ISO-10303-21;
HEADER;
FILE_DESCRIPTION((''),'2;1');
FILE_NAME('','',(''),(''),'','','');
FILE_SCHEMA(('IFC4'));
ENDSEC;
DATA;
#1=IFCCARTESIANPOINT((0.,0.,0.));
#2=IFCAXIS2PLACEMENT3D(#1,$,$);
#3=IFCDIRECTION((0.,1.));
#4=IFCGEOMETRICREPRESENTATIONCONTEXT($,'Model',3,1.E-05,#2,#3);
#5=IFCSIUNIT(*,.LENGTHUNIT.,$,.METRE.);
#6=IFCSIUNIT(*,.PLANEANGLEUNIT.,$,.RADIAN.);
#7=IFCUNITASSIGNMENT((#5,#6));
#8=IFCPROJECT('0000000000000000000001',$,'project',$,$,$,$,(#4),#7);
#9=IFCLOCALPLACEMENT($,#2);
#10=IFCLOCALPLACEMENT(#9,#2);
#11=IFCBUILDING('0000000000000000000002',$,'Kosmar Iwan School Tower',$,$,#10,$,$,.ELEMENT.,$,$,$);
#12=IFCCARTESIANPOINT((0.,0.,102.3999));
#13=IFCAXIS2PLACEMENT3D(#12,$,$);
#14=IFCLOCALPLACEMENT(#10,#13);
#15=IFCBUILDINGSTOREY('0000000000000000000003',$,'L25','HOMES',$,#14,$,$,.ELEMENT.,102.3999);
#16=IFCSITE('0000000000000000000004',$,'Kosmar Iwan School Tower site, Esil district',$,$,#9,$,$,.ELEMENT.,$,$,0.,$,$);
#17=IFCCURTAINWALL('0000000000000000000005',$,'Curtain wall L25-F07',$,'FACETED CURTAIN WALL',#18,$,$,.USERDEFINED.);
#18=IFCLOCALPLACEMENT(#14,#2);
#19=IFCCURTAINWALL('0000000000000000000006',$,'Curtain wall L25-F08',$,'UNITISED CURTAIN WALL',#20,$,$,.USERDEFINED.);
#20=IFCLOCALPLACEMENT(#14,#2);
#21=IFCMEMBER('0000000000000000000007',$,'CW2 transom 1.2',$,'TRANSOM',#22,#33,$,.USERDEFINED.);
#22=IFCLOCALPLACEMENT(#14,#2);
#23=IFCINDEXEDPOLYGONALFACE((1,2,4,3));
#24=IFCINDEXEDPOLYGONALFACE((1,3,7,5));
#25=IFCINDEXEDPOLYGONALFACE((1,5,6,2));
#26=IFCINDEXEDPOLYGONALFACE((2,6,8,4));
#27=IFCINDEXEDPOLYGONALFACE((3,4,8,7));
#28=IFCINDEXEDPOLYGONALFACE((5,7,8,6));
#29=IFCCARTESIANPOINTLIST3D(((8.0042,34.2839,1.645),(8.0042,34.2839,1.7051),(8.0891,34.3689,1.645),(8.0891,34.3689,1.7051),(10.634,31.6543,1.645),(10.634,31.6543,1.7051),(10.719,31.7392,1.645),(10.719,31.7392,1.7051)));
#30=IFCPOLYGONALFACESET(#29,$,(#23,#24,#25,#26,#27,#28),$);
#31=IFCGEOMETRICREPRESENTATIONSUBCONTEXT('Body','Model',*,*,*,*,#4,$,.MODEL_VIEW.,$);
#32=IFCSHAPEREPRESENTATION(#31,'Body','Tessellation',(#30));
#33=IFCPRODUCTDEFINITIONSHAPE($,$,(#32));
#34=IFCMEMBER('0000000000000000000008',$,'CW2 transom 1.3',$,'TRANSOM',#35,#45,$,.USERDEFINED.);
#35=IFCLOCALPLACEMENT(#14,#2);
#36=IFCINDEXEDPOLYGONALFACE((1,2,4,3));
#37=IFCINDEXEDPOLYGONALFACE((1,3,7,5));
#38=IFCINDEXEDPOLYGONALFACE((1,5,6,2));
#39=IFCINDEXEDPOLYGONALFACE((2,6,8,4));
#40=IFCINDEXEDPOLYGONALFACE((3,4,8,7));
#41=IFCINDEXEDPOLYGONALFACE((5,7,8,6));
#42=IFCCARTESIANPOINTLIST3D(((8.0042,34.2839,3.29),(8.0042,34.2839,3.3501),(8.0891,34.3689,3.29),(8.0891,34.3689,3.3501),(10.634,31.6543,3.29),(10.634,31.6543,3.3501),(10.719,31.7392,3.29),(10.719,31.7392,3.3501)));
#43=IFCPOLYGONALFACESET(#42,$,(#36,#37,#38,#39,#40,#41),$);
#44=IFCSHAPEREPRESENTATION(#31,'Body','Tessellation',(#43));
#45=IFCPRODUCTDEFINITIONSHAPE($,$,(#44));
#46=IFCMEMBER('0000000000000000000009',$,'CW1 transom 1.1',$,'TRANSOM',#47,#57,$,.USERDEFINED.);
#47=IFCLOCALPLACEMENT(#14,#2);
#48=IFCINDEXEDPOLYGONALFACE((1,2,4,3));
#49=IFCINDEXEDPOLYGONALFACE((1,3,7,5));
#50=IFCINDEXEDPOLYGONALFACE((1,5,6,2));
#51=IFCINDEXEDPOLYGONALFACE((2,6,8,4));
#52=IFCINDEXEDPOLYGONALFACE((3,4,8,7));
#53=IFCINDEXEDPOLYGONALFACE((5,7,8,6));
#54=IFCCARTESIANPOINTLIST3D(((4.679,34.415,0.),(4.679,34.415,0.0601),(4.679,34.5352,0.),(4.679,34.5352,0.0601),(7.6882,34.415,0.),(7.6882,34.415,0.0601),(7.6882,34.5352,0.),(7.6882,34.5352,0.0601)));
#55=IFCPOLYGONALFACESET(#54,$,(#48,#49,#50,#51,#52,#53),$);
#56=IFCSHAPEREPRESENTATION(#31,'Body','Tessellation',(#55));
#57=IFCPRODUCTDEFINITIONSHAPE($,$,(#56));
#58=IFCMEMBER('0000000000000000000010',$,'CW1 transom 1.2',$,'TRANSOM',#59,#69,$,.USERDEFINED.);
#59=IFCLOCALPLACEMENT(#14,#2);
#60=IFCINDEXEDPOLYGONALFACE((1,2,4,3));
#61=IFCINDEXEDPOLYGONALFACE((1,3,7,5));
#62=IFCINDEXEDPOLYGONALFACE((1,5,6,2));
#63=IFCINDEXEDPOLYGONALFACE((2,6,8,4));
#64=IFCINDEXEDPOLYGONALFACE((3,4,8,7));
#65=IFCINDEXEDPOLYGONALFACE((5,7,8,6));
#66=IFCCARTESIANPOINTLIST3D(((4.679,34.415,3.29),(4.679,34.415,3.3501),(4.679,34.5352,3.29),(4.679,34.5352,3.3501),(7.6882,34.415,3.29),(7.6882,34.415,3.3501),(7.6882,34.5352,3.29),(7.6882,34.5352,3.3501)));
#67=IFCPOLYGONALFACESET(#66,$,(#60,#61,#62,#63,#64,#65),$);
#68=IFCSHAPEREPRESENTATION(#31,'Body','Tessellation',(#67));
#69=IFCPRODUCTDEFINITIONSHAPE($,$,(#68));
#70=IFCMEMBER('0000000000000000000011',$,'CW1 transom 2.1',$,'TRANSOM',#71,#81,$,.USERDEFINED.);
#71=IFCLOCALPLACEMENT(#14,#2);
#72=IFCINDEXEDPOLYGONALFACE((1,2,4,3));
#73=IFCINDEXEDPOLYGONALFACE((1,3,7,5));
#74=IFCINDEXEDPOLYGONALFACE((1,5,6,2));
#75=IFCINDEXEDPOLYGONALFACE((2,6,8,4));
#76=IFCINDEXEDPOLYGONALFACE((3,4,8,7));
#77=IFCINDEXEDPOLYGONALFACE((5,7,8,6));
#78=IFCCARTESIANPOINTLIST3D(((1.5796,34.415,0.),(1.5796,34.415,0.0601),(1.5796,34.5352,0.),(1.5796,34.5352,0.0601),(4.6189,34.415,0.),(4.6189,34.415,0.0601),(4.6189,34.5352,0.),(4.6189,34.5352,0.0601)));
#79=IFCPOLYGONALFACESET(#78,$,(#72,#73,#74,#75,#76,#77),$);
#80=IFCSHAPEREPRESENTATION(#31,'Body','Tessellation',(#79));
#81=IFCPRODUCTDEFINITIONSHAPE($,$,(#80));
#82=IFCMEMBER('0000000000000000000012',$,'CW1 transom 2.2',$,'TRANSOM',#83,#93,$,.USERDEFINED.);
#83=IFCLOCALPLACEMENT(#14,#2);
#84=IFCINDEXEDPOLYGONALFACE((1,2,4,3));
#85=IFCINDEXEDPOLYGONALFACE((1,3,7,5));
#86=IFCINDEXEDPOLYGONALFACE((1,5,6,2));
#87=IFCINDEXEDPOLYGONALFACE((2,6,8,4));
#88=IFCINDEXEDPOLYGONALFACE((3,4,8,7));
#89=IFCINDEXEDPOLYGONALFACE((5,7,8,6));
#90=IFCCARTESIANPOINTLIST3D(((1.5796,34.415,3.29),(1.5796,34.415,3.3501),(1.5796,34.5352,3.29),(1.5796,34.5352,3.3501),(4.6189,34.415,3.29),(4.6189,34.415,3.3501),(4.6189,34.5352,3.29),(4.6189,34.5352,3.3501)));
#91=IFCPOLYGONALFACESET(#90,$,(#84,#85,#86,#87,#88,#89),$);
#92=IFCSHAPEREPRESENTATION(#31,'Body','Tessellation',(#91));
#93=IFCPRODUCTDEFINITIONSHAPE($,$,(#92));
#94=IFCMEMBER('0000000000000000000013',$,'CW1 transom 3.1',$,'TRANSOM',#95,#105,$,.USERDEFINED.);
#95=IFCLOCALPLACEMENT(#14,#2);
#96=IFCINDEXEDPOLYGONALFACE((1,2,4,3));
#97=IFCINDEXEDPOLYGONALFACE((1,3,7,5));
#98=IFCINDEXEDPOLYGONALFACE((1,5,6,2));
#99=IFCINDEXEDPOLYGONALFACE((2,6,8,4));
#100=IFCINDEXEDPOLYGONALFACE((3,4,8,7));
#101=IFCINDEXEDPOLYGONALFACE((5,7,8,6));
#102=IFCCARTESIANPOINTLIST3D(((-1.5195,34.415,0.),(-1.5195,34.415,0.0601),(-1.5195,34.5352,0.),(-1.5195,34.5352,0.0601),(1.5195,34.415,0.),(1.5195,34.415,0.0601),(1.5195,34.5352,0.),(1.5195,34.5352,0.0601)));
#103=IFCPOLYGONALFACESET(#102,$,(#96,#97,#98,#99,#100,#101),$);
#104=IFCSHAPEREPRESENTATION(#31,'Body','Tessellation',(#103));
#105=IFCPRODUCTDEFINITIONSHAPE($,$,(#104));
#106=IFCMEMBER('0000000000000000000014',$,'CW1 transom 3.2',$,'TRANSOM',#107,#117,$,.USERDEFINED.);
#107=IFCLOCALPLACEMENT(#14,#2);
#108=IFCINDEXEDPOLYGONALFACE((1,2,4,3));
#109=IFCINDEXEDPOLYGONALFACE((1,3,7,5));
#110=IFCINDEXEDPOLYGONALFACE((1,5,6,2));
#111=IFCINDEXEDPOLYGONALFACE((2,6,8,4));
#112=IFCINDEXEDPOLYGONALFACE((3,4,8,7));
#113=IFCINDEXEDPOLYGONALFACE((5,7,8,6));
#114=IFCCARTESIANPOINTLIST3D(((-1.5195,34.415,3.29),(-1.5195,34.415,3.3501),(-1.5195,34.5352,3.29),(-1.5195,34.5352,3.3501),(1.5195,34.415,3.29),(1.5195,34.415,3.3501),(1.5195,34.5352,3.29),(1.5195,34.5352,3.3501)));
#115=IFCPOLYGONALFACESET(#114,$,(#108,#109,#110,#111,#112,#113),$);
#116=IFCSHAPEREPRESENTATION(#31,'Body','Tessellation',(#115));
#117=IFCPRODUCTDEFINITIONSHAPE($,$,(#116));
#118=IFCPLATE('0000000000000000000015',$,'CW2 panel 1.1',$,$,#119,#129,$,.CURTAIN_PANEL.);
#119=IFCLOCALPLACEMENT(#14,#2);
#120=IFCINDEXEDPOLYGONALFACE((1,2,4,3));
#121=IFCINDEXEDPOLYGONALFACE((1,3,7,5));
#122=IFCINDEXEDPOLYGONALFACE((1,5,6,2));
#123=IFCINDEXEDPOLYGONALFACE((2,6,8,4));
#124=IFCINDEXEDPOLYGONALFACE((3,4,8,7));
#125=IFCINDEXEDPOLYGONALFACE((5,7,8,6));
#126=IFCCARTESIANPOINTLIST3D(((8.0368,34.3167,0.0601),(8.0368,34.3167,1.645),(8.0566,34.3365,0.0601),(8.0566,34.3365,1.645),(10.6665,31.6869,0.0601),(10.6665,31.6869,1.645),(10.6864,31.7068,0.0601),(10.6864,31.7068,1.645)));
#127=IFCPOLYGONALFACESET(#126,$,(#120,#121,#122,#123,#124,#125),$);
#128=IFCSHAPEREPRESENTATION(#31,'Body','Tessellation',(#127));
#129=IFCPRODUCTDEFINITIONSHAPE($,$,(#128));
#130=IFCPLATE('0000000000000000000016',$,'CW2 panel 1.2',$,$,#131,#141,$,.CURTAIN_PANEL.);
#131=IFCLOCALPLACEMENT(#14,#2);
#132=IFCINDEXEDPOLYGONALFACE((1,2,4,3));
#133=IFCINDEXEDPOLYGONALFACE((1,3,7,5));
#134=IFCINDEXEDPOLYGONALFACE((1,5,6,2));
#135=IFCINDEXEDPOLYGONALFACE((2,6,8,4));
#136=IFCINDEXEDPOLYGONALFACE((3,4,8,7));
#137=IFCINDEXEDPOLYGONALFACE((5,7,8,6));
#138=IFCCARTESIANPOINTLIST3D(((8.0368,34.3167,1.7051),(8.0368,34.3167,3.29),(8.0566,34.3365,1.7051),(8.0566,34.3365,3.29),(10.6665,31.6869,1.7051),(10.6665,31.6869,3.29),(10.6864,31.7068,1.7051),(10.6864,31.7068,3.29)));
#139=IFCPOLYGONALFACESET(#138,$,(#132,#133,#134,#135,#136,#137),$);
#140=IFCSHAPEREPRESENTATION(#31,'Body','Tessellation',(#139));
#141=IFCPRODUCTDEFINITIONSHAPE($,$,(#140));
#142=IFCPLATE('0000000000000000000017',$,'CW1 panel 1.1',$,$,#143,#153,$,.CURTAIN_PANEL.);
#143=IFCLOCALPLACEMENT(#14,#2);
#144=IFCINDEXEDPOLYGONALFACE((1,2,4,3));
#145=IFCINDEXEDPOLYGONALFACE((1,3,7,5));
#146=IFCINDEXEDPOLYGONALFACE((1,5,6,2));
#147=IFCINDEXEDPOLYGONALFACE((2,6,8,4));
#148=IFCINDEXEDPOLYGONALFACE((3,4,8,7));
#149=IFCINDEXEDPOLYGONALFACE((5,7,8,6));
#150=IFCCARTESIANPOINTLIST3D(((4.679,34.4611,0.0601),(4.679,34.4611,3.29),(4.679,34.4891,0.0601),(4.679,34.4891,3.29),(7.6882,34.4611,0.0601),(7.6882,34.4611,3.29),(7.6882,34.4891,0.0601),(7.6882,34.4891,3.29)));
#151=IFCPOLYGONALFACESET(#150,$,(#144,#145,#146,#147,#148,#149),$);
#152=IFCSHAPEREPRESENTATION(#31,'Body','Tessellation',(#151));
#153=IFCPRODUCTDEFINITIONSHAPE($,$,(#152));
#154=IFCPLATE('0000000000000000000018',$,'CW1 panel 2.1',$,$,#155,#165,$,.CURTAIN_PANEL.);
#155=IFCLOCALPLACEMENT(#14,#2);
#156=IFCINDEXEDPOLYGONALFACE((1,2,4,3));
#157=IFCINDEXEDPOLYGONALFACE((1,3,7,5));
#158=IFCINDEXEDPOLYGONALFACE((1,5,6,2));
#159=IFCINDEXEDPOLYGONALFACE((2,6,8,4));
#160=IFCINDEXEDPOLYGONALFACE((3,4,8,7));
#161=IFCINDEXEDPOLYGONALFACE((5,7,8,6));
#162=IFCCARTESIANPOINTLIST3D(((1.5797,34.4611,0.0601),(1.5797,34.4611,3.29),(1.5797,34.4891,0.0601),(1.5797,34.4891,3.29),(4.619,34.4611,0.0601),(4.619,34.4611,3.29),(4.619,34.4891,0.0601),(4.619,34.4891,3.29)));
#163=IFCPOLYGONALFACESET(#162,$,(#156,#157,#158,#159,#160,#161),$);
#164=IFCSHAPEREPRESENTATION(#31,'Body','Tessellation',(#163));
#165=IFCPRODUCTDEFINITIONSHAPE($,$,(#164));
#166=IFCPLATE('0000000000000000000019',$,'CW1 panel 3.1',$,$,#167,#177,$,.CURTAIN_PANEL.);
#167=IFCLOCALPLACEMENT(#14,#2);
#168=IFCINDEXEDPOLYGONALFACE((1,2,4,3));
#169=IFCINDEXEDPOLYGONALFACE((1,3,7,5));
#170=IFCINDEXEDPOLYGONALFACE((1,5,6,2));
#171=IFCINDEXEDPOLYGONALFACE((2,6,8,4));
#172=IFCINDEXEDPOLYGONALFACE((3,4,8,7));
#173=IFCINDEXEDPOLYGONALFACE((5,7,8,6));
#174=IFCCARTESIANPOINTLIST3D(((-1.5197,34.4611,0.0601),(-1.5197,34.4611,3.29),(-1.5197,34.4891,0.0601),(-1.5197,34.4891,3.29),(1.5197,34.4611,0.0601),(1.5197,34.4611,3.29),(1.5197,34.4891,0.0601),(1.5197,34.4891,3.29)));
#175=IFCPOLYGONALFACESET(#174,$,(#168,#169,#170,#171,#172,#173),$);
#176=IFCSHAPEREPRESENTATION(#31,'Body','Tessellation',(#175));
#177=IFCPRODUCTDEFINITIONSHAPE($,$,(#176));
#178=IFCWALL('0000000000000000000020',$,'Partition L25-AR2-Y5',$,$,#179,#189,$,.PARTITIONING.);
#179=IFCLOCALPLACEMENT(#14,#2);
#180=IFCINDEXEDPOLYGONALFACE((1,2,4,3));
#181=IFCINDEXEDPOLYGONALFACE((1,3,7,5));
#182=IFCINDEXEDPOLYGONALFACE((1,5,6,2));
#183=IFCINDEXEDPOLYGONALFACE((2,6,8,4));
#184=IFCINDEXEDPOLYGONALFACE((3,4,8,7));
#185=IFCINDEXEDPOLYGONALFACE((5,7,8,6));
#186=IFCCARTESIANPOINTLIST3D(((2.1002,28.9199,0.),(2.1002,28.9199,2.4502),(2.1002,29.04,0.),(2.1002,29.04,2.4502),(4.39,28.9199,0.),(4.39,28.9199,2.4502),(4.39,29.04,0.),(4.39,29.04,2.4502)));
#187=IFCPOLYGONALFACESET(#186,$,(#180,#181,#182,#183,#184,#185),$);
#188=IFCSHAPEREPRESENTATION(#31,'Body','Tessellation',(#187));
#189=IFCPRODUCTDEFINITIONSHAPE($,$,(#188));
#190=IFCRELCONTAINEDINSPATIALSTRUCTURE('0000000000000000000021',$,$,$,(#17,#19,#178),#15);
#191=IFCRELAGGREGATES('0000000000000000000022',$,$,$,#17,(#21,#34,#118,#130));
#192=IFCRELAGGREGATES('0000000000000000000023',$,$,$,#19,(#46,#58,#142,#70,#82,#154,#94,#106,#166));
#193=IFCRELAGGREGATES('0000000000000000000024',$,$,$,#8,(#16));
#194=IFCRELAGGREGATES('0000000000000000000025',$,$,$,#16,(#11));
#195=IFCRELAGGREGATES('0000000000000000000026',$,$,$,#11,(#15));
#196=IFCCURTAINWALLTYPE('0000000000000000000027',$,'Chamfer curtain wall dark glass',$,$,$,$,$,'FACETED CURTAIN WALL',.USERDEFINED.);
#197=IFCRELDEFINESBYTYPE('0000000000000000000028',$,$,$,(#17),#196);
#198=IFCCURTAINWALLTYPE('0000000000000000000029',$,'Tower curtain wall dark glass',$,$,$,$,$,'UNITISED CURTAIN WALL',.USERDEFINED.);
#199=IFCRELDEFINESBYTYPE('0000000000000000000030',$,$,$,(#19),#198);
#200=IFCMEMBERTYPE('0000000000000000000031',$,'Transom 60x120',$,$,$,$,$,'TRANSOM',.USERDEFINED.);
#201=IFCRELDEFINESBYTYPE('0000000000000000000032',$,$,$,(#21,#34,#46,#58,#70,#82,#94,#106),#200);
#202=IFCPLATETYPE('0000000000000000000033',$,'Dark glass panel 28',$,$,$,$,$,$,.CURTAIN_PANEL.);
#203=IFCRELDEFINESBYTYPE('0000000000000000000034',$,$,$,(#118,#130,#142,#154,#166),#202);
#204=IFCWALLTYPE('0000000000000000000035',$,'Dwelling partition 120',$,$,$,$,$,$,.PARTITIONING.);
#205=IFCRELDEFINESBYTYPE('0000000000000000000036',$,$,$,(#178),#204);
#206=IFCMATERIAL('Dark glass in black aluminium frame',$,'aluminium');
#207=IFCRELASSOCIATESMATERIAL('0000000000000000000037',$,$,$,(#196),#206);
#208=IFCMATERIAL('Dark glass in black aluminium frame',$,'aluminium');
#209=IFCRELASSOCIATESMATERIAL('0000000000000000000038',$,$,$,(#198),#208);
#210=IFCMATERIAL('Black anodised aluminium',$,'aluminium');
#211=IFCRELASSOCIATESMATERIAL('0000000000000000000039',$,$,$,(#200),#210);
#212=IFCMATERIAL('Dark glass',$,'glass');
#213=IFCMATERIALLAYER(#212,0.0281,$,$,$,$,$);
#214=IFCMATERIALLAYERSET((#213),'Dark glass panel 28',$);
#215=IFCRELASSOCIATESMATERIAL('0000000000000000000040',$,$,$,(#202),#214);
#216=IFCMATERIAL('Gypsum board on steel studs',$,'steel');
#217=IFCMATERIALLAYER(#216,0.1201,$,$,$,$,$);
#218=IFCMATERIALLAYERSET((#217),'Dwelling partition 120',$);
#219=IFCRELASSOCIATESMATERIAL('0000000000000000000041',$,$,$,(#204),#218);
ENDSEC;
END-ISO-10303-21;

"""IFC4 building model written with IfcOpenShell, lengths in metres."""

from ifc_helpers import new_model, si_unit, direction, frame, frame_2d, origin, origin_2d, place, context, subcontext, project, spatial, rectangle, extrude, material, layer, layer_set, material_profile, profile_set, type_object, element, aggregate, save


model = new_model("IFC4")

# Units and contexts
model_context = context("Model", 3, precision=1e-05, world=origin(), true_north=direction((0.0, 1.0)))
body_context = subcontext(model_context, "Body", "Model", "MODEL_VIEW")
ifc_project = project(units=[si_unit("LENGTHUNIT", "METRE"), si_unit("PLANEANGLEUNIT", "RADIAN")], contexts=[model_context])

# Site, building, storey
site_placement = place(None, origin())
site = spatial("IfcSite", under=ifc_project, at=site_placement, Name="Kosmar Iwan School Tower site, Esil district", CompositionType="ELEMENT", RefElevation=0.0)
building_placement = place(site_placement, origin())
building = spatial("IfcBuilding", under=site, at=building_placement, Name="Kosmar Iwan School Tower", CompositionType="ELEMENT")
storey_placement = place(building_placement, frame((0.0, 0.0, 102.3999)))
storey = spatial("IfcBuildingStorey", under=building, at=storey_placement, Name="L25", Description="HOMES", CompositionType="ELEMENT", Elevation=102.3999)

# Curtain walls
ifc_material_1 = material(Name="Dark glass in black aluminium frame", Category="aluminium")
curtain_wall_type_1 = type_object("IfcCurtainWallType", Name="Chamfer curtain wall dark glass", ElementType="FACETED CURTAIN WALL", PredefinedType="USERDEFINED", material=ifc_material_1)
curtain_wall_1_placement = place(storey_placement, origin())
curtain_wall_1 = element("IfcCurtainWall", 1, at=curtain_wall_1_placement, inside=storey, type_object=curtain_wall_type_1, Name="Curtain wall L25-F07", ObjectType="FACETED CURTAIN WALL", PredefinedType="USERDEFINED")
ifc_material_2 = material(Name="Dark glass in black aluminium frame", Category="aluminium")
curtain_wall_type_2 = type_object("IfcCurtainWallType", Name="Tower curtain wall dark glass", ElementType="UNITISED CURTAIN WALL", PredefinedType="USERDEFINED", material=ifc_material_2)
curtain_wall_2_placement = place(storey_placement, origin())
curtain_wall_2 = element("IfcCurtainWall", 2, at=curtain_wall_2_placement, inside=storey, type_object=curtain_wall_type_2, Name="Curtain wall L25-F08", ObjectType="UNITISED CURTAIN WALL", PredefinedType="USERDEFINED")

# Members
ifc_material_3 = material(Name="Black anodised aluminium", Category="aluminium")
ifc_material_profile_1 = material_profile(ifc_material_3, rectangle(XDim=0.1201, YDim=0.0601, at=origin_2d()), Name="TRANSOM 60x120")
ifc_profile_set_1 = profile_set([ifc_material_profile_1], Name="Black anodised aluminium")
member_type_1 = type_object("IfcMemberType", Name="Transom 60x120", ElementType="TRANSOM", PredefinedType="USERDEFINED", material=ifc_profile_set_1)
member_1_placement = place(storey_placement, frame((10.6765, 31.6968, 1.675), z_axis=(-0.70714, 0.707074, 0.0), x_axis=(-0.707074, -0.70714, 0.0)))
member_1 = element("IfcMember", 3, at=member_1_placement, type_object=member_type_1, Name="CW2 transom 1.2", ObjectType="TRANSOM", PredefinedType="USERDEFINED", context=body_context, shape_type="SweptSolid", body=[
    extrude(rectangle(XDim=0.1201, YDim=0.0601, at=origin_2d()), origin(), (0.0, 0.0, 1.0), 3.719),
])
member_2_placement = place(storey_placement, frame((10.6765, 31.6968, 3.3201), z_axis=(-0.70714, 0.707074, 0.0), x_axis=(-0.707074, -0.70714, 0.0)))
member_2 = element("IfcMember", 4, at=member_2_placement, type_object=member_type_1, Name="CW2 transom 1.3", ObjectType="TRANSOM", PredefinedType="USERDEFINED", context=body_context, shape_type="SweptSolid", body=[
    extrude(rectangle(XDim=0.1201, YDim=0.0601, at=origin_2d()), origin(), (0.0, 0.0, 1.0), 3.719),
])
member_3_placement = place(storey_placement, frame((7.6882, 34.4751, 0.03), z_axis=(-1.0, 0.0, 0.0), x_axis=(0.0, -1.0, 0.0)))
member_3 = element("IfcMember", 5, at=member_3_placement, type_object=member_type_1, Name="CW1 transom 1.1", ObjectType="TRANSOM", PredefinedType="USERDEFINED", context=body_context, shape_type="SweptSolid", body=[
    extrude(rectangle(XDim=0.1201, YDim=0.0601, at=origin_2d()), origin(), (0.0, 0.0, 1.0), 3.0093),
])
member_4_placement = place(storey_placement, frame((7.6882, 34.4751, 3.3201), z_axis=(-1.0, 0.0, 0.0), x_axis=(0.0, -1.0, 0.0)))
member_4 = element("IfcMember", 6, at=member_4_placement, type_object=member_type_1, Name="CW1 transom 1.2", ObjectType="TRANSOM", PredefinedType="USERDEFINED", context=body_context, shape_type="SweptSolid", body=[
    extrude(rectangle(XDim=0.1201, YDim=0.0601, at=origin_2d()), origin(), (0.0, 0.0, 1.0), 3.0093),
])
member_5_placement = place(storey_placement, frame((4.6189, 34.4751, 0.03), z_axis=(-1.0, 0.0, 0.0), x_axis=(0.0, -1.0, 0.0)))
member_5 = element("IfcMember", 7, at=member_5_placement, type_object=member_type_1, Name="CW1 transom 2.1", ObjectType="TRANSOM", PredefinedType="USERDEFINED", context=body_context, shape_type="SweptSolid", body=[
    extrude(rectangle(XDim=0.1201, YDim=0.0601, at=origin_2d()), origin(), (0.0, 0.0, 1.0), 3.0393),
])
member_6_placement = place(storey_placement, frame((4.6189, 34.4751, 3.3201), z_axis=(-1.0, 0.0, 0.0), x_axis=(0.0, -1.0, 0.0)))
member_6 = element("IfcMember", 8, at=member_6_placement, type_object=member_type_1, Name="CW1 transom 2.2", ObjectType="TRANSOM", PredefinedType="USERDEFINED", context=body_context, shape_type="SweptSolid", body=[
    extrude(rectangle(XDim=0.1201, YDim=0.0601, at=origin_2d()), origin(), (0.0, 0.0, 1.0), 3.0393),
])
member_7_placement = place(storey_placement, frame((1.5195, 34.4751, 0.03), z_axis=(-1.0, 0.0, 0.0), x_axis=(0.0, -1.0, 0.0)))
member_7 = element("IfcMember", 9, at=member_7_placement, type_object=member_type_1, Name="CW1 transom 3.1", ObjectType="TRANSOM", PredefinedType="USERDEFINED", context=body_context, shape_type="SweptSolid", body=[
    extrude(rectangle(XDim=0.1201, YDim=0.0601, at=origin_2d()), origin(), (0.0, 0.0, 1.0), 3.0391),
])
member_8_placement = place(storey_placement, frame((1.5195, 34.4751, 3.3201), z_axis=(-1.0, 0.0, 0.0), x_axis=(0.0, -1.0, 0.0)))
member_8 = element("IfcMember", 10, at=member_8_placement, type_object=member_type_1, Name="CW1 transom 3.2", ObjectType="TRANSOM", PredefinedType="USERDEFINED", context=body_context, shape_type="SweptSolid", body=[
    extrude(rectangle(XDim=0.1201, YDim=0.0601, at=origin_2d()), origin(), (0.0, 0.0, 1.0), 3.0391),
])

# Plates
ifc_material_4 = material(Name="Dark glass", Category="glass")
ifc_layer_1 = layer(ifc_material_4, 0.0281)
ifc_layer_set_1 = layer_set([ifc_layer_1], Name="Dark glass panel 28")
plate_type = type_object("IfcPlateType", Name="Dark glass panel 28", PredefinedType="CURTAIN_PANEL", material=ifc_layer_set_1)
plate_1_placement = place(storey_placement, frame((9.3616, 33.0117, 0.0601), z_axis=(0.0, 0.0, 1.0), x_axis=(-0.707107, 0.707107, 0.0)))
plate_1 = element("IfcPlate", 11, at=plate_1_placement, type_object=plate_type, Name="CW2 panel 1.1", PredefinedType="CURTAIN_PANEL", context=body_context, shape_type="SweptSolid", body=[
    extrude(rectangle(XDim=3.719, YDim=0.0281, at=origin_2d()), origin(), (0.0, 0.0, 1.0), 1.585),
])
plate_2_placement = place(storey_placement, frame((9.3616, 33.0117, 1.7051), z_axis=(0.0, 0.0, 1.0), x_axis=(-0.707107, 0.707107, 0.0)))
plate_2 = element("IfcPlate", 12, at=plate_2_placement, type_object=plate_type, Name="CW2 panel 1.2", PredefinedType="CURTAIN_PANEL", context=body_context, shape_type="SweptSolid", body=[
    extrude(rectangle(XDim=3.719, YDim=0.0281, at=origin_2d()), origin(), (0.0, 0.0, 1.0), 1.585),
])
aggregate(curtain_wall_1, [member_1, member_2, plate_1, plate_2])
plate_3_placement = place(storey_placement, frame((6.1836, 34.4751, 0.0601), z_axis=(0.0, 0.0, 1.0), x_axis=(-1.0, 0.0, 0.0)))
plate_3 = element("IfcPlate", 13, at=plate_3_placement, type_object=plate_type, Name="CW1 panel 1.1", PredefinedType="CURTAIN_PANEL", context=body_context, shape_type="SweptSolid", body=[
    extrude(rectangle(XDim=3.0093, YDim=0.0281, at=origin_2d()), origin(), (0.0, 0.0, 1.0), 3.23),
])
plate_4_placement = place(storey_placement, frame((3.0994, 34.4751, 0.0601), z_axis=(0.0, 0.0, 1.0), x_axis=(-1.0, 0.0, 0.0)))
plate_4 = element("IfcPlate", 14, at=plate_4_placement, type_object=plate_type, Name="CW1 panel 2.1", PredefinedType="CURTAIN_PANEL", context=body_context, shape_type="SweptSolid", body=[
    extrude(rectangle(XDim=3.0393, YDim=0.0281, at=origin_2d()), origin(), (0.0, 0.0, 1.0), 3.23),
])
plate_5_placement = place(storey_placement, frame((0.0, 34.4751, 0.0601), z_axis=(0.0, 0.0, 1.0), x_axis=(-1.0, 0.0, 0.0)))
plate_5 = element("IfcPlate", 15, at=plate_5_placement, type_object=plate_type, Name="CW1 panel 3.1", PredefinedType="CURTAIN_PANEL", context=body_context, shape_type="SweptSolid", body=[
    extrude(rectangle(XDim=3.0393, YDim=0.0281, at=origin_2d()), origin(), (0.0, 0.0, 1.0), 3.23),
])
aggregate(curtain_wall_2, [member_3, member_4, plate_3, member_5, member_6, plate_4, member_7, member_8, plate_5])

# Wall
ifc_material_5 = material(Name="Gypsum board on steel studs", Category="steel")
ifc_layer_2 = layer(ifc_material_5, 0.1201)
ifc_layer_set_2 = layer_set([ifc_layer_2], Name="Dwelling partition 120")
wall_type = type_object("IfcWallType", Name="Dwelling partition 120", PredefinedType="PARTITIONING", material=ifc_layer_set_2)
wall_placement = place(storey_placement, frame((2.1001, 28.98, 0.0), z_axis=(0.0, 0.0, 1.0), x_axis=(1.0, 0.0, 0.0)))
element("IfcWall", 16, at=wall_placement, inside=storey, type_object=wall_type, Name="Partition L25-AR2-Y5", PredefinedType="PARTITIONING", context=body_context, shape_type="SweptSolid", body=[
    extrude(rectangle(XDim=2.2898, YDim=0.1201, at=frame_2d((1.145, 0.0))), origin(), (0.0, 0.0, 1.0), 2.4502),
])

save(model, "model.ifc")
